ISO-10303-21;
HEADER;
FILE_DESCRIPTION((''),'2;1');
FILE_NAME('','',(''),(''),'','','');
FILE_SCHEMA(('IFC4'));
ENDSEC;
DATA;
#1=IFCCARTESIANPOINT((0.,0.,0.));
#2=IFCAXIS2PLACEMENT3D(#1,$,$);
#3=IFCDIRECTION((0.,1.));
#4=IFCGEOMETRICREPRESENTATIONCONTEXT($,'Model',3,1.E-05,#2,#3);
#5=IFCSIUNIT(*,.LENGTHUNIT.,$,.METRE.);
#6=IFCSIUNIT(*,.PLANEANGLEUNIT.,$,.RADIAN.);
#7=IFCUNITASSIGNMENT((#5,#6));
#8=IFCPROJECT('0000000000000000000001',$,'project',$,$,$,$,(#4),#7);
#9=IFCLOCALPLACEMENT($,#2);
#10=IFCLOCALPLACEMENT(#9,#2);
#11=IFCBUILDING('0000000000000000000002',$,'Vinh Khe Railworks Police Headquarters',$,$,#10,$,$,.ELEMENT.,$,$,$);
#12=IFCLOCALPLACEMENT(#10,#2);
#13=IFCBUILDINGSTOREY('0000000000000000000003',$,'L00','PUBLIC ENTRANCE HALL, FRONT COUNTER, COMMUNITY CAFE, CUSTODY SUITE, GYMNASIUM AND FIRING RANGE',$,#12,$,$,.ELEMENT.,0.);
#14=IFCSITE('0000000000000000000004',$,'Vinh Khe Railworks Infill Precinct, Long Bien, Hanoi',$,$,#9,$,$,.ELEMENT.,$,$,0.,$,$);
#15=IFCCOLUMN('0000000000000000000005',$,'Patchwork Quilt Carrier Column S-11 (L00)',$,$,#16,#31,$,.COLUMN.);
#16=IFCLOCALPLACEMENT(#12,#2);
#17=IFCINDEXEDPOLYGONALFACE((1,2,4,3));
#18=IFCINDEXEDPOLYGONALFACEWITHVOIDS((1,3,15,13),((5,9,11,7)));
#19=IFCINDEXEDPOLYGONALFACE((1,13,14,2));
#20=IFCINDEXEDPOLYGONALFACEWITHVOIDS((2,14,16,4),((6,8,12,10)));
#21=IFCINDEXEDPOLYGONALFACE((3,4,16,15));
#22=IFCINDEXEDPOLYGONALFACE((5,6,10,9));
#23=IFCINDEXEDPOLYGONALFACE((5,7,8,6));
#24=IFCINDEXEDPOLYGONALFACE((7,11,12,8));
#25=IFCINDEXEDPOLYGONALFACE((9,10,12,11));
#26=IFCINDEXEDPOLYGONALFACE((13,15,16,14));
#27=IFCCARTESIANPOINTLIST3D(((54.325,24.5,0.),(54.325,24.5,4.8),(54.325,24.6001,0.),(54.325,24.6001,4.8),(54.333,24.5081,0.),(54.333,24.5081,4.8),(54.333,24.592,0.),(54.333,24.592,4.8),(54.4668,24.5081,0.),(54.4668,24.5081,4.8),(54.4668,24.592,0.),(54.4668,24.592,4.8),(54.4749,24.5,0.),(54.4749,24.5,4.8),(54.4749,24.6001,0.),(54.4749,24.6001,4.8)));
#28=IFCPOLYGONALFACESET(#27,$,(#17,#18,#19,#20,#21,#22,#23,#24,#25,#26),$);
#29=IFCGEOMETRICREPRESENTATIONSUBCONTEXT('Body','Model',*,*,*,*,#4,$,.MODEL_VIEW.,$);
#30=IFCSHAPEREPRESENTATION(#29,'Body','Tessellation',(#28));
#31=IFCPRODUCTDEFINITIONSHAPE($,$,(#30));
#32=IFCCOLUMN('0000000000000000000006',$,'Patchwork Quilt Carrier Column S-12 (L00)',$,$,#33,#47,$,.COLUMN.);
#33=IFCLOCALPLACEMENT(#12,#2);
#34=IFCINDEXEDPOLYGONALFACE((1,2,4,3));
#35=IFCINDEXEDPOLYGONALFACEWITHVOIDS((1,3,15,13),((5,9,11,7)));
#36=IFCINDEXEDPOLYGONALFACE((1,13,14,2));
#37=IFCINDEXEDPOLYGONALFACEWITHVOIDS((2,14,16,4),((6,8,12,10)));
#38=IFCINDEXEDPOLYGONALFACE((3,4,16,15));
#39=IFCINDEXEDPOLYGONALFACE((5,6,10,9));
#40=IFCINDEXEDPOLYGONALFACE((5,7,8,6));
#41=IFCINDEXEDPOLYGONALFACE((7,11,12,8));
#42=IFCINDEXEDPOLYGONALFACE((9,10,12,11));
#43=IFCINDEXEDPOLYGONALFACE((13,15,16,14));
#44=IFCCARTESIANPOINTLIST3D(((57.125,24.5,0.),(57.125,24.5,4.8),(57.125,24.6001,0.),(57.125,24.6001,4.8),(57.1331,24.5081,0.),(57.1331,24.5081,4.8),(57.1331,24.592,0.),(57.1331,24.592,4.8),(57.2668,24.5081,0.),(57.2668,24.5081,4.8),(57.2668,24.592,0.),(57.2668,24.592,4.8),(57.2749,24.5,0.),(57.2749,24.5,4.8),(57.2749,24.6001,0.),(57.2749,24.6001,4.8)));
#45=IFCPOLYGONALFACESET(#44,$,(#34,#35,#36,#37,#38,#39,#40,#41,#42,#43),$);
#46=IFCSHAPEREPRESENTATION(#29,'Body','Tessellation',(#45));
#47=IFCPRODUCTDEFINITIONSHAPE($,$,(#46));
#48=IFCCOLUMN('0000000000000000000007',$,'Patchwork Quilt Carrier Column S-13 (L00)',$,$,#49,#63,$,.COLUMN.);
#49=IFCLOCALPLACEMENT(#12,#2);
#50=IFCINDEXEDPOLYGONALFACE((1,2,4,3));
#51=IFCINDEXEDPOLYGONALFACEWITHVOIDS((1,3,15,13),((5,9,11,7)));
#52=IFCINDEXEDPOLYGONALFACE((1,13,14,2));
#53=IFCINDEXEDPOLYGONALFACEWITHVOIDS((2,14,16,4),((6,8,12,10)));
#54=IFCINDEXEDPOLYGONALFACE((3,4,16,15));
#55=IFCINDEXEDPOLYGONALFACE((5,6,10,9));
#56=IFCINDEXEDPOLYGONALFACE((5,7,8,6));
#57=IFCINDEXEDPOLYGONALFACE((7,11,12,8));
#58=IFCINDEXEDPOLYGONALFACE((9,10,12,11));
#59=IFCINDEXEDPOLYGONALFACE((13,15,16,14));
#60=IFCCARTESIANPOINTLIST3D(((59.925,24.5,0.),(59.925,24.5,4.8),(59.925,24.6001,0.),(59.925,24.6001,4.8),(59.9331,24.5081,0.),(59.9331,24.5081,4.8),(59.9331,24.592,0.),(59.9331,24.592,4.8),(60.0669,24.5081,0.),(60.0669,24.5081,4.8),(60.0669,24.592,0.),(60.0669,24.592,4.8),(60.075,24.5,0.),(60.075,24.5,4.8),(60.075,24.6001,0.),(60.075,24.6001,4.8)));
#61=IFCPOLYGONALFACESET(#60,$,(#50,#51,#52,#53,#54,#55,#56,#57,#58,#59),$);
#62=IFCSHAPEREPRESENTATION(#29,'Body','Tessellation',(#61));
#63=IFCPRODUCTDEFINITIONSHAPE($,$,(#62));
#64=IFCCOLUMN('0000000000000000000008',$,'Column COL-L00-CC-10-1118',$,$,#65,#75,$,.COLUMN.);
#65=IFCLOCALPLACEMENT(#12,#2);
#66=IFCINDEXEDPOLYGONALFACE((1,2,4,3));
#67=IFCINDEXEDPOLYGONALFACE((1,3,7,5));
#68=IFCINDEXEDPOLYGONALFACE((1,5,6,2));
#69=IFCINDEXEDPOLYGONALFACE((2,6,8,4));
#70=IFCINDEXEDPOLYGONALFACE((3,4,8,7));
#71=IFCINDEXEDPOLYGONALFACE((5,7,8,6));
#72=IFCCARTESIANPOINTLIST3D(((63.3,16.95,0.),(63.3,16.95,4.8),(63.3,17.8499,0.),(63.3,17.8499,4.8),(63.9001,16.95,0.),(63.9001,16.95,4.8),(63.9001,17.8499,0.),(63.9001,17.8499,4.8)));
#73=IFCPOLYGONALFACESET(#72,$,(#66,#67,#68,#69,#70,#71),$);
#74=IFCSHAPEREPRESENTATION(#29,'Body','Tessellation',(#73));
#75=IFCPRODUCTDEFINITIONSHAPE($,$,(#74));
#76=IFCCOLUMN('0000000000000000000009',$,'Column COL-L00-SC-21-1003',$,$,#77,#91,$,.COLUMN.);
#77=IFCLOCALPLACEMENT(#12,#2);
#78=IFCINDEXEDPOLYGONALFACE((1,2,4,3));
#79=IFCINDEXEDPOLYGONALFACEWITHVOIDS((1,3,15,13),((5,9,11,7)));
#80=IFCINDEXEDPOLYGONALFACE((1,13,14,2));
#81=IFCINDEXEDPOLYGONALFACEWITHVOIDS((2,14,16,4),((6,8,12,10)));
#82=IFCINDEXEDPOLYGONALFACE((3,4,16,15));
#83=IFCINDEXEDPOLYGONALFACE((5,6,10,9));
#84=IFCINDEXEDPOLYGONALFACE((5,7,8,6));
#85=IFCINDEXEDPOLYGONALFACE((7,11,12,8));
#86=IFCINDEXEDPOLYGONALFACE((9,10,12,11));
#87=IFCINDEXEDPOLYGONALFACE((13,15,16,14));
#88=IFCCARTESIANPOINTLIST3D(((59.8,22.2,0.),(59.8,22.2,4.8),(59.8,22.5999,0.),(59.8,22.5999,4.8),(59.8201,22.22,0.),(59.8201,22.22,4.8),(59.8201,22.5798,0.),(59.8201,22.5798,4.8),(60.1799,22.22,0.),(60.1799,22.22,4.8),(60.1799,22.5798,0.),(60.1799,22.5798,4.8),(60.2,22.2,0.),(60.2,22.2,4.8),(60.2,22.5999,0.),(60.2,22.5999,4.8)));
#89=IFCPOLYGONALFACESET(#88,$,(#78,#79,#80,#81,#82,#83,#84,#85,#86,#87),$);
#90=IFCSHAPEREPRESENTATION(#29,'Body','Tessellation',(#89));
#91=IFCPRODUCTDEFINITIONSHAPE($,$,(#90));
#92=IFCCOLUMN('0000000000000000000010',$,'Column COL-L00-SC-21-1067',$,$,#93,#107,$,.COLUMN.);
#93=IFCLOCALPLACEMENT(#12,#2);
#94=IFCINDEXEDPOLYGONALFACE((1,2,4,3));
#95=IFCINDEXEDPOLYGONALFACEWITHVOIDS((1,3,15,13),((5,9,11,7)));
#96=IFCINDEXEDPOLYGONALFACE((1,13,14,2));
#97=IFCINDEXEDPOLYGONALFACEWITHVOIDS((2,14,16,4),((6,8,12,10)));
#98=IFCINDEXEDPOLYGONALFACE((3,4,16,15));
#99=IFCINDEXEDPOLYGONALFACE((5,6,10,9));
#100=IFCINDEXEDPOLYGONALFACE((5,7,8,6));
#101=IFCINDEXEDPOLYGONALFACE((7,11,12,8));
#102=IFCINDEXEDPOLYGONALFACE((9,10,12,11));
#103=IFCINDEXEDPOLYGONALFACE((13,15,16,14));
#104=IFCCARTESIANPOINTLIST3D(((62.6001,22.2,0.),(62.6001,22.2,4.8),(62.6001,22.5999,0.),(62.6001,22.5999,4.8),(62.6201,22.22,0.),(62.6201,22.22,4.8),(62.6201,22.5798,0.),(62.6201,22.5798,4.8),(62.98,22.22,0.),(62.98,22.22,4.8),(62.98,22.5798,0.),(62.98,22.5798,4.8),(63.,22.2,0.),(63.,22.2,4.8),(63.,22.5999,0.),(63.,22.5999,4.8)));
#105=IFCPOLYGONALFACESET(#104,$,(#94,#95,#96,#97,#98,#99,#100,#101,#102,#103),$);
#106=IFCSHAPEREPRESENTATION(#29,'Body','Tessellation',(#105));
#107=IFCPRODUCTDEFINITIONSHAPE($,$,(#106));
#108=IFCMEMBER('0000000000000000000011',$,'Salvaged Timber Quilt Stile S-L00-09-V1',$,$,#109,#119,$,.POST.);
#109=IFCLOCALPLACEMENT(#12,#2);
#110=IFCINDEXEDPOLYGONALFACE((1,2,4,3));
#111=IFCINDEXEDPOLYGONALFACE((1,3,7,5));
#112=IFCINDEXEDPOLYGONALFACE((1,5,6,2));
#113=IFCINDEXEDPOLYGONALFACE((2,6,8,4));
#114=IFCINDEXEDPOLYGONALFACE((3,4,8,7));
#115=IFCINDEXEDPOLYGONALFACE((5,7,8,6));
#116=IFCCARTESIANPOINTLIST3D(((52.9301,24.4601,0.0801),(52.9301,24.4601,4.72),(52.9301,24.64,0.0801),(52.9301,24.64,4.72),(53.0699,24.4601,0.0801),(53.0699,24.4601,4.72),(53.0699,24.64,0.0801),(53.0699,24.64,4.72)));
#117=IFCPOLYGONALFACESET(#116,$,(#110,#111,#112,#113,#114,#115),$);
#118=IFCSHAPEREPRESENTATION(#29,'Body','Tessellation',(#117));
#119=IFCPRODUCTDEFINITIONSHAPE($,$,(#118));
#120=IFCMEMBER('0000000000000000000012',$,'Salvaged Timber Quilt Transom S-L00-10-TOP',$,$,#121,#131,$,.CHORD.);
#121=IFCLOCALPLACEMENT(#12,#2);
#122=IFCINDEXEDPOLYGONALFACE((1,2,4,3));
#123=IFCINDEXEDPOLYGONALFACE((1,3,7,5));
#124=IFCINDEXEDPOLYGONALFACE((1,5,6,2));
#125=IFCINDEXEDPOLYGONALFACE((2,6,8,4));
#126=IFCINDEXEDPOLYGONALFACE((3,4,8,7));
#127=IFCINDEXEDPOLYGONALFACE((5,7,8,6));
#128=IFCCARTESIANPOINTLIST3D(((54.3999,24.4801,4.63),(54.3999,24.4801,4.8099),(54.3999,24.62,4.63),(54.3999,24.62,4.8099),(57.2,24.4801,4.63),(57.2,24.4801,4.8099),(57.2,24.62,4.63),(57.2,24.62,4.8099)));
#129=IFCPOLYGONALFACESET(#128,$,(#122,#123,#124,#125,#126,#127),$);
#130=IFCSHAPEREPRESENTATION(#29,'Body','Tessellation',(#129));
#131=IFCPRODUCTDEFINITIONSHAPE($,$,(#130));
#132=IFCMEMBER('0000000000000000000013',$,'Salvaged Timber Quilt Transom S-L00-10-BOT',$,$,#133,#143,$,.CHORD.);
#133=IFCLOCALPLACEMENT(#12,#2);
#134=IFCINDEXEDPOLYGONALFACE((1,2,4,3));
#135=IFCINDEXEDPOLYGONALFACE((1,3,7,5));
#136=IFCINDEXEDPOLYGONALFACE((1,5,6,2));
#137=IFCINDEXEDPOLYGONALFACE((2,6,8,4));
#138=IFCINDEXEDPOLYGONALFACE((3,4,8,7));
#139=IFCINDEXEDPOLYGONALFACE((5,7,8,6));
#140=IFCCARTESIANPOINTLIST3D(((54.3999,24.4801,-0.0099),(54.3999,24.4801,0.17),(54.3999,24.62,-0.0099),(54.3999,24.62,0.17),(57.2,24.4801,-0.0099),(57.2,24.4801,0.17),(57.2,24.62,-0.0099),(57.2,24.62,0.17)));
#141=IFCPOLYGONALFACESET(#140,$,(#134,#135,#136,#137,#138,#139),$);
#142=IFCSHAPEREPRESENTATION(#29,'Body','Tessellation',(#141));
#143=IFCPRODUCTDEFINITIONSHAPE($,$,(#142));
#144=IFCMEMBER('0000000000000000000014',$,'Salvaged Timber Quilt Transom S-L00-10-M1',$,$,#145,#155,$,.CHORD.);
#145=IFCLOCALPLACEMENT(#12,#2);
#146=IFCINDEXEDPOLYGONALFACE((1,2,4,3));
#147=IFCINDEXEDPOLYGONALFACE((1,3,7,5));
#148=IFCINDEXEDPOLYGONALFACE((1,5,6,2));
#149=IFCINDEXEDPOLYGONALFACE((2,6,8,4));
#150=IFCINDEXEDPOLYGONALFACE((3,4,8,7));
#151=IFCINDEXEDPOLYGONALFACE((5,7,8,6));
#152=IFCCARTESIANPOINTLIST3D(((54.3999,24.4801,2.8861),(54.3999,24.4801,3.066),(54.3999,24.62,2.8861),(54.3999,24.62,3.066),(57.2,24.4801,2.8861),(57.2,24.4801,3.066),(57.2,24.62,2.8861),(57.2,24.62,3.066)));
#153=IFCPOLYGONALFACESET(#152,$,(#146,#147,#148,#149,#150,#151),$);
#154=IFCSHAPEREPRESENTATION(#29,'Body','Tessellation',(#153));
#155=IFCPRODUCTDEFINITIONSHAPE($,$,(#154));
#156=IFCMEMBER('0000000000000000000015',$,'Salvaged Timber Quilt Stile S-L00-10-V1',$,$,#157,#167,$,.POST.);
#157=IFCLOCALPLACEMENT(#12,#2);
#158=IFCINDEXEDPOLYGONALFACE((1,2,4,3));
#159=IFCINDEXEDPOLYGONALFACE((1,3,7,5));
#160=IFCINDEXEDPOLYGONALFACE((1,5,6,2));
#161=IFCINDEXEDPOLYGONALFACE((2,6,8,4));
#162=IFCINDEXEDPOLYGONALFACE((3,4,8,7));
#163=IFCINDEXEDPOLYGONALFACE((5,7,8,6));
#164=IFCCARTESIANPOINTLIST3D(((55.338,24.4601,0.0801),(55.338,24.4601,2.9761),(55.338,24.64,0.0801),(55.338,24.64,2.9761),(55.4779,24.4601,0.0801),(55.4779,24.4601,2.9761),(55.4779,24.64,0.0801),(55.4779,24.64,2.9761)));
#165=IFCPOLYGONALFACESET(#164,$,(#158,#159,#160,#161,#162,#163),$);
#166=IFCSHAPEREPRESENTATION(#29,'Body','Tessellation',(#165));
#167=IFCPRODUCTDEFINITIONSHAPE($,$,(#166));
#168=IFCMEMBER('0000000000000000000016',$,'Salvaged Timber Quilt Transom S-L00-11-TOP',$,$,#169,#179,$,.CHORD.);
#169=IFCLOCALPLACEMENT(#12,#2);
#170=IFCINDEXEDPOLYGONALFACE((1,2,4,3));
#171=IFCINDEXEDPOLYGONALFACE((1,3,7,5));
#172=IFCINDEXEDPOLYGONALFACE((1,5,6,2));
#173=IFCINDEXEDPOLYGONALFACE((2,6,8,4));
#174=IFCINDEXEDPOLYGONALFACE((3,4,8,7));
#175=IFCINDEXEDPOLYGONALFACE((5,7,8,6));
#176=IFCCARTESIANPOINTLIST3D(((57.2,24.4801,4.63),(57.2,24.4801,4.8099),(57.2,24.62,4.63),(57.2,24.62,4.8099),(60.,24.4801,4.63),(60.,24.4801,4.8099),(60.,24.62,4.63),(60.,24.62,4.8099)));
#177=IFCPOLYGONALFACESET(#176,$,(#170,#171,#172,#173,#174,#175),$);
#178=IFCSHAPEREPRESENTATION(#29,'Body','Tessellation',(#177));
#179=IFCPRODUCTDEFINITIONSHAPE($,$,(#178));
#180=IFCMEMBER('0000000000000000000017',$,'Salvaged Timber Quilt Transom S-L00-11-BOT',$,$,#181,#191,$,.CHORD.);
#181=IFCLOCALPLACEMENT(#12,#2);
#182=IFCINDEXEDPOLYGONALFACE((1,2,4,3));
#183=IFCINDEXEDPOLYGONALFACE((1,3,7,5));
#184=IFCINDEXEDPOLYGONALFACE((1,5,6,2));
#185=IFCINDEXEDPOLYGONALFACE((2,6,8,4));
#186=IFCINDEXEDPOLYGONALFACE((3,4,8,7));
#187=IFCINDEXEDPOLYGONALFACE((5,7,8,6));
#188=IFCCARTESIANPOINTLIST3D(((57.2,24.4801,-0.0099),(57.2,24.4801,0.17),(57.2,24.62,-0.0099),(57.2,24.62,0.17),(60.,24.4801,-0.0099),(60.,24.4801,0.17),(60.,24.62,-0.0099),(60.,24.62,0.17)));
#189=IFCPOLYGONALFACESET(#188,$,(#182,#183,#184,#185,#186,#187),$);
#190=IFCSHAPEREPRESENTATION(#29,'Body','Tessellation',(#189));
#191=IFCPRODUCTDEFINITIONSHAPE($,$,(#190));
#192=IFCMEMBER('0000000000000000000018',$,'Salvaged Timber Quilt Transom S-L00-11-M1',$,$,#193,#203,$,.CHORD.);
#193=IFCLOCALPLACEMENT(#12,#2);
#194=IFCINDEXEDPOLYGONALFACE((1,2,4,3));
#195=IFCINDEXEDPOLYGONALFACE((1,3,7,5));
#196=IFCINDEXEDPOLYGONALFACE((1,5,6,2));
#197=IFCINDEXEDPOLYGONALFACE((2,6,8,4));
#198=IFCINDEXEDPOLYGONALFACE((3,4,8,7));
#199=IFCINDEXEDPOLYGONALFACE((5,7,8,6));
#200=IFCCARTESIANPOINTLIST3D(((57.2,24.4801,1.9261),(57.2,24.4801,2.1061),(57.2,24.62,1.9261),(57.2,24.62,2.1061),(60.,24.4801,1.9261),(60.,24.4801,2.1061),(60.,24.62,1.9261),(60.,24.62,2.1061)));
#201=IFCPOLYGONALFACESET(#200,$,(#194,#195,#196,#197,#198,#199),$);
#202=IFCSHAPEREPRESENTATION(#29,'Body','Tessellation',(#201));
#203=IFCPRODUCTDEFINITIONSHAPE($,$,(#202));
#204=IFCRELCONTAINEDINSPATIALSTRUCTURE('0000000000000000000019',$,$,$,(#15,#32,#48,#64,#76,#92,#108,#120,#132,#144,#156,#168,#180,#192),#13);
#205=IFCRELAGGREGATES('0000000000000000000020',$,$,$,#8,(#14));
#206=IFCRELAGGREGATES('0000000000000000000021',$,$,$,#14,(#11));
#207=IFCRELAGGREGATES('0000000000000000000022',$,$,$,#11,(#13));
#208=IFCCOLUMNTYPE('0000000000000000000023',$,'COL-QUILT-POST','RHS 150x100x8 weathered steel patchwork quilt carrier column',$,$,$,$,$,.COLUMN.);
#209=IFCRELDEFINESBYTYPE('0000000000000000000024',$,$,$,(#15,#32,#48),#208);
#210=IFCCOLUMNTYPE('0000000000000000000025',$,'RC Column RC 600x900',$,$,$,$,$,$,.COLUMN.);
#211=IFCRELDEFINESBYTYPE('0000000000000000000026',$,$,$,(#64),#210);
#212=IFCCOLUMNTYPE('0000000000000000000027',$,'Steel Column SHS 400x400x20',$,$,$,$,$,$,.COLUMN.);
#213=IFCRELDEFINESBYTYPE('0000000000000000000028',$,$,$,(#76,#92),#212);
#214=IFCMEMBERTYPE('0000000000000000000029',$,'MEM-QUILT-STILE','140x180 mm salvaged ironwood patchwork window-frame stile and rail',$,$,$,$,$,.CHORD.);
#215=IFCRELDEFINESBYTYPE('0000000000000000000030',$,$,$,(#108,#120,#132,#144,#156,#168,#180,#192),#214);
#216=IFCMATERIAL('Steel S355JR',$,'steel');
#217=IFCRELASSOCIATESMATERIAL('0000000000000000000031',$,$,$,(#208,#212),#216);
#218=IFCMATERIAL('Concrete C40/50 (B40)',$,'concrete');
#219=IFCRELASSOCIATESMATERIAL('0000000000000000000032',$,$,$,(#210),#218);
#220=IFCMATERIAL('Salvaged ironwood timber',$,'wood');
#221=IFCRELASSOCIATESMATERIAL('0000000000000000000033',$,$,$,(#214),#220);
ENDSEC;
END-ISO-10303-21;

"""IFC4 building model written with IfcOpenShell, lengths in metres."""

from ifc_helpers import new_model, si_unit, direction, frame, origin, origin_2d, place, context, subcontext, project, spatial, rectangle, hollow_rectangle, extrude, material, material_profile, profile_set, type_object, element, save


model = new_model("IFC4")

# Units and contexts
model_context = context("Model", 3, precision=1e-05, world=origin(), true_north=direction((0.0, 1.0)))
body_context = subcontext(model_context, "Body", "Model", "MODEL_VIEW")
ifc_project = project(units=[si_unit("LENGTHUNIT", "METRE"), si_unit("PLANEANGLEUNIT", "RADIAN")], contexts=[model_context])

# Site, building, storey
site_placement = place(None, origin())
site = spatial("IfcSite", under=ifc_project, at=site_placement, Name="Vinh Khe Railworks Infill Precinct, Long Bien, Hanoi", CompositionType="ELEMENT", RefElevation=0.0)
building_placement = place(site_placement, origin())
building = spatial("IfcBuilding", under=site, at=building_placement, Name="Vinh Khe Railworks Police Headquarters", CompositionType="ELEMENT")
storey_placement = place(building_placement, origin())
storey = spatial("IfcBuildingStorey", under=building, at=storey_placement, Name="L00", Description="PUBLIC ENTRANCE HALL, FRONT COUNTER, COMMUNITY CAFE, CUSTODY SUITE, GYMNASIUM AND FIRING RANGE", CompositionType="ELEMENT", Elevation=0.0)

# Columns
ifc_material_1 = material(Name="Steel S355JR", Category="steel")
ifc_material_profile_1 = material_profile(ifc_material_1, hollow_rectangle(XDim=0.1499, YDim=0.1001, WallThickness=0.0081, at=origin_2d()), Name="RHS 150x100x8")
ifc_profile_set_1 = profile_set([ifc_material_profile_1], Name="Steel S355JR")
column_type_1 = type_object("IfcColumnType", Name="COL-QUILT-POST", Description="RHS 150x100x8 weathered steel patchwork quilt carrier column", PredefinedType="COLUMN", material=ifc_profile_set_1)
for number, where, z_axis, x_axis, name in (
    (1, (54.3999, 24.55, 0.0), (0.0, 0.0, 1.0), (1.0, 0.0, 0.0), "Patchwork Quilt Carrier Column S-11 (L00)"),
    (2, (57.2, 24.55, 0.0), (0.0, 0.0, 1.0), (1.0, 0.0, 0.0), "Patchwork Quilt Carrier Column S-12 (L00)"),
    (3, (60.0, 24.55, 0.0), (0.0, 0.0, 1.0), (1.0, 0.0, 0.0), "Patchwork Quilt Carrier Column S-13 (L00)"),
):
    element("IfcColumn", number, at=place(storey_placement, frame(where, z_axis=z_axis, x_axis=x_axis)), inside=storey, type_object=column_type_1, Name=name, PredefinedType="COLUMN", context=body_context, shape_type="SweptSolid", body=[
        extrude(hollow_rectangle(XDim=0.1499, YDim=0.1001, WallThickness=0.0081, at=origin_2d()), origin(), (0.0, 0.0, 1.0), 4.8),
    ])
ifc_material_2 = material(Name="Concrete C40/50 (B40)", Category="concrete")
ifc_material_profile_2 = material_profile(ifc_material_2, rectangle(XDim=0.6001, YDim=0.8999, at=origin_2d()), Name="RC 600x900")
ifc_profile_set_2 = profile_set([ifc_material_profile_2], Name="Concrete C40/50 (B40)")
column_type_2 = type_object("IfcColumnType", Name="RC Column RC 600x900", PredefinedType="COLUMN", material=ifc_profile_set_2)
column_placement = place(storey_placement, frame((63.6001, 17.3999, 0.0), z_axis=(0.0, 0.0, 1.0), x_axis=(1.0, 0.0, 0.0)))
element("IfcColumn", 4, at=column_placement, inside=storey, type_object=column_type_2, Name="Column COL-L00-CC-10-1118", PredefinedType="COLUMN", context=body_context, shape_type="SweptSolid", body=[
    extrude(rectangle(XDim=0.6001, YDim=0.8999, at=origin_2d()), origin(), (0.0, 0.0, 1.0), 4.8),
])
ifc_material_profile_3 = material_profile(ifc_material_1, hollow_rectangle(XDim=0.3999, YDim=0.3999, WallThickness=0.02, at=origin_2d()), Name="SHS 400x400x20")
ifc_profile_set_3 = profile_set([ifc_material_profile_3], Name="Steel S355JR")
column_type_3 = type_object("IfcColumnType", Name="Steel Column SHS 400x400x20", PredefinedType="COLUMN", material=ifc_profile_set_3)
for number, where, z_axis, x_axis, name in (
    (5, (60.0, 22.3999, 0.0), (0.0, 0.0, 1.0), (1.0, 0.0, 0.0), "Column COL-L00-SC-21-1003"),
    (6, (62.8, 22.3999, 0.0), (0.0, 0.0, 1.0), (1.0, 0.0, 0.0), "Column COL-L00-SC-21-1067"),
):
    element("IfcColumn", number, at=place(storey_placement, frame(where, z_axis=z_axis, x_axis=x_axis)), inside=storey, type_object=column_type_3, Name=name, PredefinedType="COLUMN", context=body_context, shape_type="SweptSolid", body=[
        extrude(hollow_rectangle(XDim=0.3999, YDim=0.3999, WallThickness=0.02, at=origin_2d()), origin(), (0.0, 0.0, 1.0), 4.8),
    ])

# Members
ifc_material_3 = material(Name="Salvaged ironwood timber", Category="wood")
ifc_material_profile_4 = material_profile(ifc_material_3, rectangle(XDim=0.1399, YDim=0.1799, at=origin_2d()), Name="TIMBER 140x180")
ifc_profile_set_4 = profile_set([ifc_material_profile_4], Name="Salvaged ironwood timber")
member_type = type_object("IfcMemberType", Name="MEM-QUILT-STILE", Description="140x180 mm salvaged ironwood patchwork window-frame stile and rail", PredefinedType="CHORD", material=ifc_profile_set_4)
member_1_placement = place(storey_placement, frame((53.0, 24.55, 0.0801), z_axis=(0.0, 0.0, 1.0), x_axis=(1.0, 0.0, 0.0)))
element("IfcMember", 7, at=member_1_placement, inside=storey, type_object=member_type, Name="Salvaged Timber Quilt Stile S-L00-09-V1", PredefinedType="POST", context=body_context, shape_type="SweptSolid", body=[
    extrude(rectangle(XDim=0.1399, YDim=0.1799, at=origin_2d()), origin(), (0.0, 0.0, 1.0), 4.6399),
])
for number, where, z_axis, x_axis, name in (
    (8, (54.3999, 24.55, 4.72), (1.0, 0.0, 0.0), (0.0, 1.0, 0.0), "Salvaged Timber Quilt Transom S-L00-10-TOP"),
    (9, (54.3999, 24.55, 0.0801), (1.0, 0.0, 0.0), (0.0, 1.0, 0.0), "Salvaged Timber Quilt Transom S-L00-10-BOT"),
    (10, (54.3999, 24.55, 2.9761), (1.0, 0.0, 0.0), (0.0, 1.0, 0.0), "Salvaged Timber Quilt Transom S-L00-10-M1"),
):
    element("IfcMember", number, at=place(storey_placement, frame(where, z_axis=z_axis, x_axis=x_axis)), inside=storey, type_object=member_type, Name=name, PredefinedType="CHORD", context=body_context, shape_type="SweptSolid", body=[
        extrude(rectangle(XDim=0.1399, YDim=0.1799, at=origin_2d()), origin(), (0.0, 0.0, 1.0), 2.8),
    ])
member_2_placement = place(storey_placement, frame((55.408, 24.55, 0.0801), z_axis=(0.0, 0.0, 1.0), x_axis=(1.0, 0.0, 0.0)))
element("IfcMember", 11, at=member_2_placement, inside=storey, type_object=member_type, Name="Salvaged Timber Quilt Stile S-L00-10-V1", PredefinedType="POST", context=body_context, shape_type="SweptSolid", body=[
    extrude(rectangle(XDim=0.1399, YDim=0.1799, at=origin_2d()), origin(), (0.0, 0.0, 1.0), 2.896),
])
for number, where, z_axis, x_axis, name in (
    (12, (57.2, 24.55, 4.72), (1.0, 0.0, 0.0), (0.0, 1.0, 0.0), "Salvaged Timber Quilt Transom S-L00-11-TOP"),
    (13, (57.2, 24.55, 0.0801), (1.0, 0.0, 0.0), (0.0, 1.0, 0.0), "Salvaged Timber Quilt Transom S-L00-11-BOT"),
    (14, (57.2, 24.55, 2.0161), (1.0, 0.0, 0.0), (0.0, 1.0, 0.0), "Salvaged Timber Quilt Transom S-L00-11-M1"),
):
    element("IfcMember", number, at=place(storey_placement, frame(where, z_axis=z_axis, x_axis=x_axis)), inside=storey, type_object=member_type, Name=name, PredefinedType="CHORD", context=body_context, shape_type="SweptSolid", body=[
        extrude(rectangle(XDim=0.1399, YDim=0.1799, at=origin_2d()), origin(), (0.0, 0.0, 1.0), 2.8),
    ])

save(model, "model.ifc")
